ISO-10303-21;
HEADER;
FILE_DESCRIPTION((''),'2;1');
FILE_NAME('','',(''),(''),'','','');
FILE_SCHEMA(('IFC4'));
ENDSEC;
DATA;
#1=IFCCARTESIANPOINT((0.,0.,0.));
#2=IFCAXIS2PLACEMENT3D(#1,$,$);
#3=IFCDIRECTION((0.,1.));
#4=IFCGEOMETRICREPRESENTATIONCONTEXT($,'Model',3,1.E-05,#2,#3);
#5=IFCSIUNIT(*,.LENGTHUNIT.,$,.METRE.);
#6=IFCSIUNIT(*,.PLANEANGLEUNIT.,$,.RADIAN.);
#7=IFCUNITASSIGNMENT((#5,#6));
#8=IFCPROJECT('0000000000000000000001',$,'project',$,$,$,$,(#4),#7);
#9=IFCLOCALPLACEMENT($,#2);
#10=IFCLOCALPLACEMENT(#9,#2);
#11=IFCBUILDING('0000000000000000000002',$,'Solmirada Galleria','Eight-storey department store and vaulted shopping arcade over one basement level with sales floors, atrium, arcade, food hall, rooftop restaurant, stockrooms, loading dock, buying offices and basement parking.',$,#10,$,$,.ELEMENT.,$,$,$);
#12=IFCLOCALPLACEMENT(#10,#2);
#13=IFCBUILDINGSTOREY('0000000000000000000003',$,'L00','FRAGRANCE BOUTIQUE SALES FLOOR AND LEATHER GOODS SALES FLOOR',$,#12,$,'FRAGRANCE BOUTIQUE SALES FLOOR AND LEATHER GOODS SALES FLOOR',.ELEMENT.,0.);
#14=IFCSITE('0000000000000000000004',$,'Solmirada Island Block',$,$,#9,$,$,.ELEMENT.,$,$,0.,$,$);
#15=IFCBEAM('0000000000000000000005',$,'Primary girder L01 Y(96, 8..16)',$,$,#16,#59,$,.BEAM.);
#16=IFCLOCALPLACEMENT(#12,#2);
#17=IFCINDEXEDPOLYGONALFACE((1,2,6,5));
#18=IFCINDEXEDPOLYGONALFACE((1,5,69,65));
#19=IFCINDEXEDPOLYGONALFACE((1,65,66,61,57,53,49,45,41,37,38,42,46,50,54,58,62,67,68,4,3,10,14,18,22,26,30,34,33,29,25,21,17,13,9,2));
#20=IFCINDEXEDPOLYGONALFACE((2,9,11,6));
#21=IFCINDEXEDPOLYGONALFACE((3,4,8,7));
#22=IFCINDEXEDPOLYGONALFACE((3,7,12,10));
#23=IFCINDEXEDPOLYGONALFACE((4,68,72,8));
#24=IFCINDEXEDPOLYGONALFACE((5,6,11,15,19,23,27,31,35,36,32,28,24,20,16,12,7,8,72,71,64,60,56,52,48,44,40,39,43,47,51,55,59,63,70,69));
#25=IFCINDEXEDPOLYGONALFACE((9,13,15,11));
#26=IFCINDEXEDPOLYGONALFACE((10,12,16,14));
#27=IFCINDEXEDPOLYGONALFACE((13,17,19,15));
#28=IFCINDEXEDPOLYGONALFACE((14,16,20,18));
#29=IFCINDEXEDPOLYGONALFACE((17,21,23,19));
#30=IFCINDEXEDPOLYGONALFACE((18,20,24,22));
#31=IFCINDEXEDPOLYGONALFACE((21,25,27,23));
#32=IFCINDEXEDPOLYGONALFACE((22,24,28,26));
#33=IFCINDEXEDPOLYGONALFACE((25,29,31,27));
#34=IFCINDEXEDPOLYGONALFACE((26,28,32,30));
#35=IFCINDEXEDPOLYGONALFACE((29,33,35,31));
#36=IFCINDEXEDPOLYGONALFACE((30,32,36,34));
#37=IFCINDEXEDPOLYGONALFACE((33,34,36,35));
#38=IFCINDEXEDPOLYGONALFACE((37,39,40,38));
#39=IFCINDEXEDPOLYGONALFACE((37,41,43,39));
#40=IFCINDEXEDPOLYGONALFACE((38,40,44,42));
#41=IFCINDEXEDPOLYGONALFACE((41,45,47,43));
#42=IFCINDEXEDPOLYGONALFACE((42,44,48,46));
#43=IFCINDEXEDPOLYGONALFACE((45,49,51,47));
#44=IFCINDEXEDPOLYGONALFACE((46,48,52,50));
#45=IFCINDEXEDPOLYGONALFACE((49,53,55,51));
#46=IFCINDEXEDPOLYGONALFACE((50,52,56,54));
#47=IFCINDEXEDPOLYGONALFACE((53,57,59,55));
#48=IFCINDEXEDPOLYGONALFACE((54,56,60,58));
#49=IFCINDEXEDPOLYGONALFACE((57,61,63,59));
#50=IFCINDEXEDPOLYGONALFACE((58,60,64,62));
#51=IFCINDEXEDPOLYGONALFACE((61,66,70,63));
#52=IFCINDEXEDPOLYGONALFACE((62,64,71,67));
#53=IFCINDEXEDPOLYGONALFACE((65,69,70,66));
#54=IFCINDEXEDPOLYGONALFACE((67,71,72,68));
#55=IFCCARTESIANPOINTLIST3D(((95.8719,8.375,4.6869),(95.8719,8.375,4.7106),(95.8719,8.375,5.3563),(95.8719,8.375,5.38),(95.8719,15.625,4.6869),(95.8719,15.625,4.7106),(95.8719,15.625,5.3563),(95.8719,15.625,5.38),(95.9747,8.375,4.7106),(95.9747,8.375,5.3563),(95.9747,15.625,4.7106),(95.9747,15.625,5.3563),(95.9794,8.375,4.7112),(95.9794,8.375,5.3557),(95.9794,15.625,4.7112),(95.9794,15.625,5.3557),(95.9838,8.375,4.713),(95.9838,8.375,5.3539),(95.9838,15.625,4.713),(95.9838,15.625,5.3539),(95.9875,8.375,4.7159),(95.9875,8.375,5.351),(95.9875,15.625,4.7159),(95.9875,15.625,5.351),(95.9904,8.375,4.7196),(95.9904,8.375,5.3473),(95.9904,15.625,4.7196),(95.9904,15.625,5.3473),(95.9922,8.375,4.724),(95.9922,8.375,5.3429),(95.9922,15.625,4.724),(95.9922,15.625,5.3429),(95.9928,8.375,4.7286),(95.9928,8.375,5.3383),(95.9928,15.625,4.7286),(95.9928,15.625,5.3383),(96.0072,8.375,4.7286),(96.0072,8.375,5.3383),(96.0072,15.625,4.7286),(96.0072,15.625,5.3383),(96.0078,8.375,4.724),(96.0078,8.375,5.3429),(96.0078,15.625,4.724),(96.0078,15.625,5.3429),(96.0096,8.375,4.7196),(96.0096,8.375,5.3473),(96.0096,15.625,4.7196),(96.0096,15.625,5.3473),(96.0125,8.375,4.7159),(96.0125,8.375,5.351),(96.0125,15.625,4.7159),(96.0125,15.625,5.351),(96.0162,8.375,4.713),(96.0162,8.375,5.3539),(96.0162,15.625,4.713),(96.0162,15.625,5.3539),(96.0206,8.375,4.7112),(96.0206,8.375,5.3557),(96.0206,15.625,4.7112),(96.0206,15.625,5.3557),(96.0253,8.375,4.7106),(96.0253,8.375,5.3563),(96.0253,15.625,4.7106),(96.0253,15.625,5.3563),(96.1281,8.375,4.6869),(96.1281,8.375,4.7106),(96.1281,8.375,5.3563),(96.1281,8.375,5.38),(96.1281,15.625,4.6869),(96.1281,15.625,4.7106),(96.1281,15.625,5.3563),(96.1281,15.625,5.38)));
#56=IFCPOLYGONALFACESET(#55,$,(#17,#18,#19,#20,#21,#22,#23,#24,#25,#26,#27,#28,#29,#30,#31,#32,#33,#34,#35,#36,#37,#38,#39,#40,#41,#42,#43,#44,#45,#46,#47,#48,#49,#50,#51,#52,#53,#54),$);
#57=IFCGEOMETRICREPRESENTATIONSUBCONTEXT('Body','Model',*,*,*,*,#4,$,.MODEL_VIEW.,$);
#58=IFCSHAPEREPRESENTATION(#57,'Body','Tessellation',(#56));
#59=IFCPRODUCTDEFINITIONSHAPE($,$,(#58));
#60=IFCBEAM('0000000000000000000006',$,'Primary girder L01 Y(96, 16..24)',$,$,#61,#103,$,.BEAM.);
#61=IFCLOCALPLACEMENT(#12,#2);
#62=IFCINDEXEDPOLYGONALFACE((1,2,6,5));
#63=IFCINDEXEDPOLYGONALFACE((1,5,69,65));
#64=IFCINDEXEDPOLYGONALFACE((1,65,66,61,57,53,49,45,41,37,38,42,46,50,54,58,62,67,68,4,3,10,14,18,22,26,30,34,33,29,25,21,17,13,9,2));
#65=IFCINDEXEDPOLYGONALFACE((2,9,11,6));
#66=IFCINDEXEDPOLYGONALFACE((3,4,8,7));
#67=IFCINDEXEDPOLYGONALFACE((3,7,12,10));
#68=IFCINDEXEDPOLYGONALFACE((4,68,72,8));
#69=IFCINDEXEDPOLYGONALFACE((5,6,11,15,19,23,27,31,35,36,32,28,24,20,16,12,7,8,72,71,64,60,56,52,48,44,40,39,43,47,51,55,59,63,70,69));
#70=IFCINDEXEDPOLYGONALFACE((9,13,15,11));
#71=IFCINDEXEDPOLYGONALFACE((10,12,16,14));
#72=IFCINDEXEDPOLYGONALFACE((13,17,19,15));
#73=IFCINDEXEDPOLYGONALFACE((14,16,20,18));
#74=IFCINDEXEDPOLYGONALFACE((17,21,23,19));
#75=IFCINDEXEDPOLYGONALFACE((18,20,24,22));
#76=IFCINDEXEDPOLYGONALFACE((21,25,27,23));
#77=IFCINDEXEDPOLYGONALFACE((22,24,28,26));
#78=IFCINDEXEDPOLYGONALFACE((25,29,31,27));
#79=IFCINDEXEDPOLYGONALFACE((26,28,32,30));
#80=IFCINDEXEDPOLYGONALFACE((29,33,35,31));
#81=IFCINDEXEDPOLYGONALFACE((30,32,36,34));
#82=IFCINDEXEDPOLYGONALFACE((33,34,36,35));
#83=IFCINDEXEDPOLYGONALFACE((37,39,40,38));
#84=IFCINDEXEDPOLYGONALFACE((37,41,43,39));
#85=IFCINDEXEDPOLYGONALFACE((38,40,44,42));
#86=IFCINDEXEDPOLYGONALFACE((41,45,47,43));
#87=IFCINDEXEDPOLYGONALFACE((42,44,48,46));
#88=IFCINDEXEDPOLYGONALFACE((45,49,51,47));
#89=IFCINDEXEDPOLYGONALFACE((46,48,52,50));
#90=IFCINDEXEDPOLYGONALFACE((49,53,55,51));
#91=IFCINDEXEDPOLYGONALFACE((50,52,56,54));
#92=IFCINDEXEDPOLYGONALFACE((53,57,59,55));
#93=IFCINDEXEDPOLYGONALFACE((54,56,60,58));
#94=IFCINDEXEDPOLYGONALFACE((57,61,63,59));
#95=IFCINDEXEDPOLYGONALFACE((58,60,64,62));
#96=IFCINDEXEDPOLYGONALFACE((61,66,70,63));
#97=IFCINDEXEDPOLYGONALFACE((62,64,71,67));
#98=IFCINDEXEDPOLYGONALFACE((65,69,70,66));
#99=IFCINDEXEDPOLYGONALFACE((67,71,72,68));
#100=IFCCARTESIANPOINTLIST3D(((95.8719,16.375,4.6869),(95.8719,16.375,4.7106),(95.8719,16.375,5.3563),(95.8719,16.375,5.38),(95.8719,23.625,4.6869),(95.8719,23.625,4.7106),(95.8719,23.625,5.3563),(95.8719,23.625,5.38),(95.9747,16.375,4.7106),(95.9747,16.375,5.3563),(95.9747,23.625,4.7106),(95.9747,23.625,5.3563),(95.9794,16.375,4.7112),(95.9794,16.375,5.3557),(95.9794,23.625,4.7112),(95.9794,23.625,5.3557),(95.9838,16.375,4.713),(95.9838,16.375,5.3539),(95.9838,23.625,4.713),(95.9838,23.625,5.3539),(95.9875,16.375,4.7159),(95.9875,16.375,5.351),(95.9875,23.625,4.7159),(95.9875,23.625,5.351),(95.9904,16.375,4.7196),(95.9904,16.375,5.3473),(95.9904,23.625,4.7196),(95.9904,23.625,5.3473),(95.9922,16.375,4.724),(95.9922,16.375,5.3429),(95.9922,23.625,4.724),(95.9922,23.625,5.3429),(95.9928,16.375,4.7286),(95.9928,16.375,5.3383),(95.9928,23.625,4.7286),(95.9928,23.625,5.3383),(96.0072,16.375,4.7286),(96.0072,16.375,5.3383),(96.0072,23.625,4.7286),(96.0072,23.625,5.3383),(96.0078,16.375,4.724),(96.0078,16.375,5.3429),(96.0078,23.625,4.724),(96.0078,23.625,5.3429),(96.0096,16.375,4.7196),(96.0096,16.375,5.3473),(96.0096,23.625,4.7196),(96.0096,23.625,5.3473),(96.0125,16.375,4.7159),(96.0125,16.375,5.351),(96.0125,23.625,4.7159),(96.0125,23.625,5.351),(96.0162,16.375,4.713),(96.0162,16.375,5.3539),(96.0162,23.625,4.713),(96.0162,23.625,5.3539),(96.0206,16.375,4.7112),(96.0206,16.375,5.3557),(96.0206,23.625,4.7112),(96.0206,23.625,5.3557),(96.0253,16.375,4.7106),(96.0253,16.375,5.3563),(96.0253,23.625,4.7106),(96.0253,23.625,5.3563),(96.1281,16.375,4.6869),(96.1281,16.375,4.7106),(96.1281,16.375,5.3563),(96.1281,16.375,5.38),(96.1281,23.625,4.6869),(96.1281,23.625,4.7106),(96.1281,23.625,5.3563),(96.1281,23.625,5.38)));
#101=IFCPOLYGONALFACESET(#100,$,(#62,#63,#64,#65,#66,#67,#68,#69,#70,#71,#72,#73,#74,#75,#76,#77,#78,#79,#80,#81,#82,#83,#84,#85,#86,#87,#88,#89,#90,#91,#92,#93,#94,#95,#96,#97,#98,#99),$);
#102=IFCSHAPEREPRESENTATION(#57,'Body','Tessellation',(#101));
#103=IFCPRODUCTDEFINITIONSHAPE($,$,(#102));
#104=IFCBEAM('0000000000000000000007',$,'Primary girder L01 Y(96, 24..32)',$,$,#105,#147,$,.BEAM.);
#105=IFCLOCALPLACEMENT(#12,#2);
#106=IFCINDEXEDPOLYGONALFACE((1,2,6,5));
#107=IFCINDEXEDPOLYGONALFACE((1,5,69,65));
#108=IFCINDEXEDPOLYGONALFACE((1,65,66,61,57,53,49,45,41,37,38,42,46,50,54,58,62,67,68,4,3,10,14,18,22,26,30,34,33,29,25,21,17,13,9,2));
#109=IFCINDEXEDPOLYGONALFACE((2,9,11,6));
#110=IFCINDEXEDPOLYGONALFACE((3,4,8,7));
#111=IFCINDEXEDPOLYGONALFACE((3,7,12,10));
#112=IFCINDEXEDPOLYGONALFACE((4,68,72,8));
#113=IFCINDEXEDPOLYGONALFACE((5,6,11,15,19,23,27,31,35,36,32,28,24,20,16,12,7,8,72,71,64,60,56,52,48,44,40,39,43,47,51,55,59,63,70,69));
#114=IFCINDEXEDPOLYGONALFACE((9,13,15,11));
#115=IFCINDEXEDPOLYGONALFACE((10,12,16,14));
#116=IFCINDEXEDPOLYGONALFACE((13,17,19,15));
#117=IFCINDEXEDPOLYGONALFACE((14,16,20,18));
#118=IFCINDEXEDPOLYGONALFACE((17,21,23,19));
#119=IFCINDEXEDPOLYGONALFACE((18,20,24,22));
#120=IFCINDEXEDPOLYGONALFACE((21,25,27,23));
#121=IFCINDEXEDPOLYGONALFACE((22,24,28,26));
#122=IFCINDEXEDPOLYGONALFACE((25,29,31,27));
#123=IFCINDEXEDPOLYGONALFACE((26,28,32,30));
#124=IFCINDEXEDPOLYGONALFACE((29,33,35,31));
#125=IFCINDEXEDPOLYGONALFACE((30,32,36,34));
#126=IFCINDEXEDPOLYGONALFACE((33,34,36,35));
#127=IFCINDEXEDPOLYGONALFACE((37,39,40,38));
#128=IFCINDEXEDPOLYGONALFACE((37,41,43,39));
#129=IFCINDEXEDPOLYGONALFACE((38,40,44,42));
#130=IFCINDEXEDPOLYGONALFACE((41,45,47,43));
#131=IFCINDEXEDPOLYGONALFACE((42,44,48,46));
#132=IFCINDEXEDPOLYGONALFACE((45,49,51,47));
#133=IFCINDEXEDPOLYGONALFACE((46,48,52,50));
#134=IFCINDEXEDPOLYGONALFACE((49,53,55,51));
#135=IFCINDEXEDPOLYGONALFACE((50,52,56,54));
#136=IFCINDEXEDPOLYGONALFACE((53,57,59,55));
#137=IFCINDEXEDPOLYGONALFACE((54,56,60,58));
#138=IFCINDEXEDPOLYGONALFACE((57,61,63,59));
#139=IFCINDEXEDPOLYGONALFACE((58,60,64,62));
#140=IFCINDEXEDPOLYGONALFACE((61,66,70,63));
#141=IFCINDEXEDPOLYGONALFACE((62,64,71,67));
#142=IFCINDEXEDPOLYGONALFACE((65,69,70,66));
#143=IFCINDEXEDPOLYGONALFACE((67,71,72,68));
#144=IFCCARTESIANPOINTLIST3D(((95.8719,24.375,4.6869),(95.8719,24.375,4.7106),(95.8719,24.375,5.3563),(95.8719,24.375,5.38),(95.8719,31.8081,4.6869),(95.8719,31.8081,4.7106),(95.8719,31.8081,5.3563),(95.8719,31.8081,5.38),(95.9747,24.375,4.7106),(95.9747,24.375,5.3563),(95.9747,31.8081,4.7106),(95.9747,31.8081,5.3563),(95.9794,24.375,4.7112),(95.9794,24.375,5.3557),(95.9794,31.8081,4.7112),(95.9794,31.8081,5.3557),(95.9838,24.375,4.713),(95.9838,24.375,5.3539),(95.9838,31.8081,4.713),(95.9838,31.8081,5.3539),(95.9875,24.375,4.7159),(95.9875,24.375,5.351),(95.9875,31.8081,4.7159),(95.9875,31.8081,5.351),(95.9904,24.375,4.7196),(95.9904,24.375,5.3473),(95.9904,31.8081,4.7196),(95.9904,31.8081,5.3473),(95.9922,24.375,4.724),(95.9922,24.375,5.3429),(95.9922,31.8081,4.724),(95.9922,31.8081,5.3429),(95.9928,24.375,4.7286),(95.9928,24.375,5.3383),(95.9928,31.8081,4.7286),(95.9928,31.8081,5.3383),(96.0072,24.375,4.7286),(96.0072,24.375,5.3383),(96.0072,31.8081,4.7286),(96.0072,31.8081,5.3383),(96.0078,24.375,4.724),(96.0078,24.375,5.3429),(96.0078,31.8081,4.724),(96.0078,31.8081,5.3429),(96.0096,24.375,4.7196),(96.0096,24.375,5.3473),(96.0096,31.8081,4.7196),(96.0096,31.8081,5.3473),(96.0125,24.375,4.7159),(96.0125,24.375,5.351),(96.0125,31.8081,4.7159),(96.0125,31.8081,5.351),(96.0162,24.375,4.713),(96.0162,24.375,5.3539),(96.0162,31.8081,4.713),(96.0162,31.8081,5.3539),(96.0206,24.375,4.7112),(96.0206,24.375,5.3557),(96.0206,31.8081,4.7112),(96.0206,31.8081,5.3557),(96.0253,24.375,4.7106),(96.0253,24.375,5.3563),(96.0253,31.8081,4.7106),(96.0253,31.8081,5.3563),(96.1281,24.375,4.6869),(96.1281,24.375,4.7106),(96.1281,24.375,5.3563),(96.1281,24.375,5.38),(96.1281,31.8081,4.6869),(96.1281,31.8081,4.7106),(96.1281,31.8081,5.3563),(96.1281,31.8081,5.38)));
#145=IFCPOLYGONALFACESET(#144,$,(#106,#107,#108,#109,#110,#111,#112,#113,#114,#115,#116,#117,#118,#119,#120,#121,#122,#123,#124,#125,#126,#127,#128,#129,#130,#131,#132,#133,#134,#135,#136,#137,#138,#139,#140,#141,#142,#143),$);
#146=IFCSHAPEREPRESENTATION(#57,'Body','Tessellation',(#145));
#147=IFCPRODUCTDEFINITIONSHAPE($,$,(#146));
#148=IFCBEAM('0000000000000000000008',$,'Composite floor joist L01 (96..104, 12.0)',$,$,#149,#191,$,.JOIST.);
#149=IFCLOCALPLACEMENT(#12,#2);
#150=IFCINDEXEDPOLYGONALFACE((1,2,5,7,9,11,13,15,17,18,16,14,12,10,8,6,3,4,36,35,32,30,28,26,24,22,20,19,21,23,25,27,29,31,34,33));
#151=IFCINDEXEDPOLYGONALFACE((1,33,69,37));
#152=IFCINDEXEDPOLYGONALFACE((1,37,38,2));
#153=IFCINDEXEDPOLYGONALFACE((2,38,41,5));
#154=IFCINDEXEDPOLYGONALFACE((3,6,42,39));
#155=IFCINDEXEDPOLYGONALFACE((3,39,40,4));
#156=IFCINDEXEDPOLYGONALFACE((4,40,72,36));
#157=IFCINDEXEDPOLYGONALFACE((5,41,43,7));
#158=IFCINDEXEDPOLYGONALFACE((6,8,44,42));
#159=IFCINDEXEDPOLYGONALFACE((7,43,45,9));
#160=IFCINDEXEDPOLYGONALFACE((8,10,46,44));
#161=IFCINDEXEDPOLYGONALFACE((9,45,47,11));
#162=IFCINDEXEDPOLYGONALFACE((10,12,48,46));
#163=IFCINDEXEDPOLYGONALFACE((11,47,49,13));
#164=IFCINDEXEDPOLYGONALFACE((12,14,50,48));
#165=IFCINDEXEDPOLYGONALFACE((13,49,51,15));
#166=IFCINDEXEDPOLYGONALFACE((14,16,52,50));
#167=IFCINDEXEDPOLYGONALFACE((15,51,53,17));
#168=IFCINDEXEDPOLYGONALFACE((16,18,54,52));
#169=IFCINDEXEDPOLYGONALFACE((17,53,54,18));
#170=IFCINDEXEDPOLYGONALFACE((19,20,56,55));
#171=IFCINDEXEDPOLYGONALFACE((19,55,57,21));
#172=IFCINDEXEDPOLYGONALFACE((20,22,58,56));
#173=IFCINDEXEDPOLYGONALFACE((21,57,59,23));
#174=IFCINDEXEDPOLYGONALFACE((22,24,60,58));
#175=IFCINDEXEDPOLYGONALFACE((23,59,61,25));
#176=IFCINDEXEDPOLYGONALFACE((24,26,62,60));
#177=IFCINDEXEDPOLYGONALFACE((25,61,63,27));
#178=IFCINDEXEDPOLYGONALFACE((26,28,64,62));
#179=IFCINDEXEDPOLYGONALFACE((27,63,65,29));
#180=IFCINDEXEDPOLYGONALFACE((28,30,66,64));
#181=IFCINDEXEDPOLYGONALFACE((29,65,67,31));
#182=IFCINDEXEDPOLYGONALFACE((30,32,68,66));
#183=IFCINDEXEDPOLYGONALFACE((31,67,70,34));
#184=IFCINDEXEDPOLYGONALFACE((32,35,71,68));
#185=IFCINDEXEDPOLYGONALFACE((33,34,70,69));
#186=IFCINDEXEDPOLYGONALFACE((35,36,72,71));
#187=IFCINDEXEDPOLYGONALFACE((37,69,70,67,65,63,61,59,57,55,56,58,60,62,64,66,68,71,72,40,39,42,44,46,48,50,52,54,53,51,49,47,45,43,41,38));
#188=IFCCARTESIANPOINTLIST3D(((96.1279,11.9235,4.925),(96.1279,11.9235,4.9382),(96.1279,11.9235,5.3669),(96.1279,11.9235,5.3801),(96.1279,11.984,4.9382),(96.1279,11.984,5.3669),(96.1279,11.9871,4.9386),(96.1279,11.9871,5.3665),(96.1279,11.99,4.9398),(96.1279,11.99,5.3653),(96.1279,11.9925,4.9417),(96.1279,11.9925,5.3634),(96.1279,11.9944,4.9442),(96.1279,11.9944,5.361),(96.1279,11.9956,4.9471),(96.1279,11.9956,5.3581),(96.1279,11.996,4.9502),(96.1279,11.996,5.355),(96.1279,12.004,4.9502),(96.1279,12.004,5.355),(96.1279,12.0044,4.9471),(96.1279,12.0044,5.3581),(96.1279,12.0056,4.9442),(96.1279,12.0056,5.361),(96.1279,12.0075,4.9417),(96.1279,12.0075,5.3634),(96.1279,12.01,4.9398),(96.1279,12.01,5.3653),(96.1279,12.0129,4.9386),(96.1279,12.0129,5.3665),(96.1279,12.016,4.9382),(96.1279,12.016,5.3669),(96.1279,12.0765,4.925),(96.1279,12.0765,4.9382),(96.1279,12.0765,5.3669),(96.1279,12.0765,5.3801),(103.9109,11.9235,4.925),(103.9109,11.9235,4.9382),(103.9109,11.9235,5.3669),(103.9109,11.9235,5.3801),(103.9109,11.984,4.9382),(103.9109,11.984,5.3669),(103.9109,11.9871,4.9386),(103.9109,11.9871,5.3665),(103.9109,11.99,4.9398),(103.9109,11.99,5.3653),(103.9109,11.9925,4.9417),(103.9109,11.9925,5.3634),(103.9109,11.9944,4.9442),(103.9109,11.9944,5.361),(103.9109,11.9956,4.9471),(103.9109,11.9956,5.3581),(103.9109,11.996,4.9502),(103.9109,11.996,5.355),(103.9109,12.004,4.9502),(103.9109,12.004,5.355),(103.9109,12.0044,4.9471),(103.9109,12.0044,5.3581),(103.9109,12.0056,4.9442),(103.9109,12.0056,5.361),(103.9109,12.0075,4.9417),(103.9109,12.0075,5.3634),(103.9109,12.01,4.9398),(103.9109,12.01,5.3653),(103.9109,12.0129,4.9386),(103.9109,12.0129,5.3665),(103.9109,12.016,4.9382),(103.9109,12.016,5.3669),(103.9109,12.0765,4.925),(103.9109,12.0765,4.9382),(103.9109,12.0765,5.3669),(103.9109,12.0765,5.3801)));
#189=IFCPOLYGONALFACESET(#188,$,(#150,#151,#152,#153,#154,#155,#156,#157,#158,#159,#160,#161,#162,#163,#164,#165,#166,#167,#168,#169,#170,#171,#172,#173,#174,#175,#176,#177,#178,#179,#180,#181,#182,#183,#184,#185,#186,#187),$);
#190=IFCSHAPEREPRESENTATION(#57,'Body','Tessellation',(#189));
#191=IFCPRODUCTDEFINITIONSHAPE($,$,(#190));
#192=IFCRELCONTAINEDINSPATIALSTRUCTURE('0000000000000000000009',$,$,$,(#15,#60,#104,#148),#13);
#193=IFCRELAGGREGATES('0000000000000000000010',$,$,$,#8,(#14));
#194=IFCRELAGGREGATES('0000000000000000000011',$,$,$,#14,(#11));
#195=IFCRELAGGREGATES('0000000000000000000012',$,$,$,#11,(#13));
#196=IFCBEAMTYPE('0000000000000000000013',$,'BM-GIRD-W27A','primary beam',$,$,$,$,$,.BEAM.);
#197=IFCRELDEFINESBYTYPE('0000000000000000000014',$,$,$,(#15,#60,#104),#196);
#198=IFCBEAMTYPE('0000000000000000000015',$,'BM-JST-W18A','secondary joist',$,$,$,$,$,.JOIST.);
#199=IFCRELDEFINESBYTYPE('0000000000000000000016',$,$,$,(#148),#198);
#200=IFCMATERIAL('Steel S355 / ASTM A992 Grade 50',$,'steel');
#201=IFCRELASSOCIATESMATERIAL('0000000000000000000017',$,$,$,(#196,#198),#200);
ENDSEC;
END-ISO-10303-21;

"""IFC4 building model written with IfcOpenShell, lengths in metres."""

from ifc_helpers import new_model, si_unit, direction, frame, origin, origin_2d, place, context, subcontext, project, spatial, i_section, extrude, material, material_profile, profile_set, type_object, element, save


model = new_model("IFC4")

# Units and contexts
model_context = context("Model", 3, precision=1e-05, world=origin(), true_north=direction((0.0, 1.0)))
body_context = subcontext(model_context, "Body", "Model", "MODEL_VIEW")
ifc_project = project(units=[si_unit("LENGTHUNIT", "METRE"), si_unit("PLANEANGLEUNIT", "RADIAN")], contexts=[model_context])

# Site, building, storey
site_placement = place(None, origin())
site = spatial("IfcSite", under=ifc_project, at=site_placement, Name="Solmirada Island Block", CompositionType="ELEMENT", RefElevation=0.0)
building_placement = place(site_placement, origin())
building = spatial("IfcBuilding", under=site, at=building_placement, Name="Solmirada Galleria", Description="Eight-storey department store and vaulted shopping arcade over one basement level with sales floors, atrium, arcade, food hall, rooftop restaurant, stockrooms, loading dock, buying offices and basement parking.", CompositionType="ELEMENT")
storey_placement = place(building_placement, origin())
storey = spatial("IfcBuildingStorey", under=building, at=storey_placement, Name="L00", Description="FRAGRANCE BOUTIQUE SALES FLOOR AND LEATHER GOODS SALES FLOOR", LongName="FRAGRANCE BOUTIQUE SALES FLOOR AND LEATHER GOODS SALES FLOOR", CompositionType="ELEMENT", Elevation=0.0)

# Beams
ifc_material_1 = material(Name="Steel S355 / ASTM A992 Grade 50", Category="steel")
ifc_material_profile_1 = material_profile(ifc_material_1, i_section(OverallWidth=0.2561, OverallDepth=0.6931, WebThickness=0.0144, FlangeThickness=0.0237, FilletRadius=0.0181, at=origin_2d()), Name="W27X114")
ifc_profile_set_1 = profile_set([ifc_material_profile_1], Name="Steel S355 / ASTM A992 Grade 50")
beam_type_1 = type_object("IfcBeamType", Name="BM-GIRD-W27A", Description="primary beam", PredefinedType="BEAM", material=ifc_profile_set_1)
for number, where, z_axis, x_axis, name in (
    (1, (96.0, 8.375, 5.0334), (0.0, 1.0, 0.0), (-1.0, 0.0, 0.0), "Primary girder L01 Y(96, 8..16)"),
    (2, (96.0, 16.375, 5.0334), (0.0, 1.0, 0.0), (-1.0, 0.0, 0.0), "Primary girder L01 Y(96, 16..24)"),
):
    element("IfcBeam", number, at=place(storey_placement, frame(where, z_axis=z_axis, x_axis=x_axis)), inside=storey, type_object=beam_type_1, Name=name, PredefinedType="BEAM", context=body_context, shape_type="SweptSolid", body=[
        extrude(i_section(OverallWidth=0.2561, OverallDepth=0.6931, WebThickness=0.0144, FlangeThickness=0.0237, FilletRadius=0.0181, at=origin_2d()), origin(), (0.0, 0.0, 1.0), 7.25),
    ])
beam_1_placement = place(storey_placement, frame((96.0, 24.375, 5.0334), z_axis=(0.0, 1.0, 0.0), x_axis=(-1.0, 0.0, 0.0)))
element("IfcBeam", 3, at=beam_1_placement, inside=storey, type_object=beam_type_1, Name="Primary girder L01 Y(96, 24..32)", PredefinedType="BEAM", context=body_context, shape_type="SweptSolid", body=[
    extrude(i_section(OverallWidth=0.2561, OverallDepth=0.6931, WebThickness=0.0144, FlangeThickness=0.0237, FilletRadius=0.0181, at=origin_2d()), origin(), (0.0, 0.0, 1.0), 7.4331),
])
ifc_material_profile_2 = material_profile(ifc_material_1, i_section(OverallWidth=0.1531, OverallDepth=0.4551, WebThickness=0.0081, FlangeThickness=0.0132, FilletRadius=0.012, at=origin_2d()), Name="W18X40")
ifc_profile_set_2 = profile_set([ifc_material_profile_2], Name="Steel S355 / ASTM A992 Grade 50")
beam_type_2 = type_object("IfcBeamType", Name="BM-JST-W18A", Description="secondary joist", PredefinedType="JOIST", material=ifc_profile_set_2)
beam_2_placement = place(storey_placement, frame((96.1279, 12.0, 5.1526), z_axis=(1.0, 0.0, 0.0), x_axis=(0.0, 1.0, 0.0)))
element("IfcBeam", 4, at=beam_2_placement, inside=storey, type_object=beam_type_2, Name="Composite floor joist L01 (96..104, 12.0)", PredefinedType="JOIST", context=body_context, shape_type="SweptSolid", body=[
    extrude(i_section(OverallWidth=0.1531, OverallDepth=0.4551, WebThickness=0.0081, FlangeThickness=0.0132, FilletRadius=0.012, at=origin_2d()), origin(), (0.0, 0.0, 1.0), 7.783),
])

save(model, "model.ifc")
